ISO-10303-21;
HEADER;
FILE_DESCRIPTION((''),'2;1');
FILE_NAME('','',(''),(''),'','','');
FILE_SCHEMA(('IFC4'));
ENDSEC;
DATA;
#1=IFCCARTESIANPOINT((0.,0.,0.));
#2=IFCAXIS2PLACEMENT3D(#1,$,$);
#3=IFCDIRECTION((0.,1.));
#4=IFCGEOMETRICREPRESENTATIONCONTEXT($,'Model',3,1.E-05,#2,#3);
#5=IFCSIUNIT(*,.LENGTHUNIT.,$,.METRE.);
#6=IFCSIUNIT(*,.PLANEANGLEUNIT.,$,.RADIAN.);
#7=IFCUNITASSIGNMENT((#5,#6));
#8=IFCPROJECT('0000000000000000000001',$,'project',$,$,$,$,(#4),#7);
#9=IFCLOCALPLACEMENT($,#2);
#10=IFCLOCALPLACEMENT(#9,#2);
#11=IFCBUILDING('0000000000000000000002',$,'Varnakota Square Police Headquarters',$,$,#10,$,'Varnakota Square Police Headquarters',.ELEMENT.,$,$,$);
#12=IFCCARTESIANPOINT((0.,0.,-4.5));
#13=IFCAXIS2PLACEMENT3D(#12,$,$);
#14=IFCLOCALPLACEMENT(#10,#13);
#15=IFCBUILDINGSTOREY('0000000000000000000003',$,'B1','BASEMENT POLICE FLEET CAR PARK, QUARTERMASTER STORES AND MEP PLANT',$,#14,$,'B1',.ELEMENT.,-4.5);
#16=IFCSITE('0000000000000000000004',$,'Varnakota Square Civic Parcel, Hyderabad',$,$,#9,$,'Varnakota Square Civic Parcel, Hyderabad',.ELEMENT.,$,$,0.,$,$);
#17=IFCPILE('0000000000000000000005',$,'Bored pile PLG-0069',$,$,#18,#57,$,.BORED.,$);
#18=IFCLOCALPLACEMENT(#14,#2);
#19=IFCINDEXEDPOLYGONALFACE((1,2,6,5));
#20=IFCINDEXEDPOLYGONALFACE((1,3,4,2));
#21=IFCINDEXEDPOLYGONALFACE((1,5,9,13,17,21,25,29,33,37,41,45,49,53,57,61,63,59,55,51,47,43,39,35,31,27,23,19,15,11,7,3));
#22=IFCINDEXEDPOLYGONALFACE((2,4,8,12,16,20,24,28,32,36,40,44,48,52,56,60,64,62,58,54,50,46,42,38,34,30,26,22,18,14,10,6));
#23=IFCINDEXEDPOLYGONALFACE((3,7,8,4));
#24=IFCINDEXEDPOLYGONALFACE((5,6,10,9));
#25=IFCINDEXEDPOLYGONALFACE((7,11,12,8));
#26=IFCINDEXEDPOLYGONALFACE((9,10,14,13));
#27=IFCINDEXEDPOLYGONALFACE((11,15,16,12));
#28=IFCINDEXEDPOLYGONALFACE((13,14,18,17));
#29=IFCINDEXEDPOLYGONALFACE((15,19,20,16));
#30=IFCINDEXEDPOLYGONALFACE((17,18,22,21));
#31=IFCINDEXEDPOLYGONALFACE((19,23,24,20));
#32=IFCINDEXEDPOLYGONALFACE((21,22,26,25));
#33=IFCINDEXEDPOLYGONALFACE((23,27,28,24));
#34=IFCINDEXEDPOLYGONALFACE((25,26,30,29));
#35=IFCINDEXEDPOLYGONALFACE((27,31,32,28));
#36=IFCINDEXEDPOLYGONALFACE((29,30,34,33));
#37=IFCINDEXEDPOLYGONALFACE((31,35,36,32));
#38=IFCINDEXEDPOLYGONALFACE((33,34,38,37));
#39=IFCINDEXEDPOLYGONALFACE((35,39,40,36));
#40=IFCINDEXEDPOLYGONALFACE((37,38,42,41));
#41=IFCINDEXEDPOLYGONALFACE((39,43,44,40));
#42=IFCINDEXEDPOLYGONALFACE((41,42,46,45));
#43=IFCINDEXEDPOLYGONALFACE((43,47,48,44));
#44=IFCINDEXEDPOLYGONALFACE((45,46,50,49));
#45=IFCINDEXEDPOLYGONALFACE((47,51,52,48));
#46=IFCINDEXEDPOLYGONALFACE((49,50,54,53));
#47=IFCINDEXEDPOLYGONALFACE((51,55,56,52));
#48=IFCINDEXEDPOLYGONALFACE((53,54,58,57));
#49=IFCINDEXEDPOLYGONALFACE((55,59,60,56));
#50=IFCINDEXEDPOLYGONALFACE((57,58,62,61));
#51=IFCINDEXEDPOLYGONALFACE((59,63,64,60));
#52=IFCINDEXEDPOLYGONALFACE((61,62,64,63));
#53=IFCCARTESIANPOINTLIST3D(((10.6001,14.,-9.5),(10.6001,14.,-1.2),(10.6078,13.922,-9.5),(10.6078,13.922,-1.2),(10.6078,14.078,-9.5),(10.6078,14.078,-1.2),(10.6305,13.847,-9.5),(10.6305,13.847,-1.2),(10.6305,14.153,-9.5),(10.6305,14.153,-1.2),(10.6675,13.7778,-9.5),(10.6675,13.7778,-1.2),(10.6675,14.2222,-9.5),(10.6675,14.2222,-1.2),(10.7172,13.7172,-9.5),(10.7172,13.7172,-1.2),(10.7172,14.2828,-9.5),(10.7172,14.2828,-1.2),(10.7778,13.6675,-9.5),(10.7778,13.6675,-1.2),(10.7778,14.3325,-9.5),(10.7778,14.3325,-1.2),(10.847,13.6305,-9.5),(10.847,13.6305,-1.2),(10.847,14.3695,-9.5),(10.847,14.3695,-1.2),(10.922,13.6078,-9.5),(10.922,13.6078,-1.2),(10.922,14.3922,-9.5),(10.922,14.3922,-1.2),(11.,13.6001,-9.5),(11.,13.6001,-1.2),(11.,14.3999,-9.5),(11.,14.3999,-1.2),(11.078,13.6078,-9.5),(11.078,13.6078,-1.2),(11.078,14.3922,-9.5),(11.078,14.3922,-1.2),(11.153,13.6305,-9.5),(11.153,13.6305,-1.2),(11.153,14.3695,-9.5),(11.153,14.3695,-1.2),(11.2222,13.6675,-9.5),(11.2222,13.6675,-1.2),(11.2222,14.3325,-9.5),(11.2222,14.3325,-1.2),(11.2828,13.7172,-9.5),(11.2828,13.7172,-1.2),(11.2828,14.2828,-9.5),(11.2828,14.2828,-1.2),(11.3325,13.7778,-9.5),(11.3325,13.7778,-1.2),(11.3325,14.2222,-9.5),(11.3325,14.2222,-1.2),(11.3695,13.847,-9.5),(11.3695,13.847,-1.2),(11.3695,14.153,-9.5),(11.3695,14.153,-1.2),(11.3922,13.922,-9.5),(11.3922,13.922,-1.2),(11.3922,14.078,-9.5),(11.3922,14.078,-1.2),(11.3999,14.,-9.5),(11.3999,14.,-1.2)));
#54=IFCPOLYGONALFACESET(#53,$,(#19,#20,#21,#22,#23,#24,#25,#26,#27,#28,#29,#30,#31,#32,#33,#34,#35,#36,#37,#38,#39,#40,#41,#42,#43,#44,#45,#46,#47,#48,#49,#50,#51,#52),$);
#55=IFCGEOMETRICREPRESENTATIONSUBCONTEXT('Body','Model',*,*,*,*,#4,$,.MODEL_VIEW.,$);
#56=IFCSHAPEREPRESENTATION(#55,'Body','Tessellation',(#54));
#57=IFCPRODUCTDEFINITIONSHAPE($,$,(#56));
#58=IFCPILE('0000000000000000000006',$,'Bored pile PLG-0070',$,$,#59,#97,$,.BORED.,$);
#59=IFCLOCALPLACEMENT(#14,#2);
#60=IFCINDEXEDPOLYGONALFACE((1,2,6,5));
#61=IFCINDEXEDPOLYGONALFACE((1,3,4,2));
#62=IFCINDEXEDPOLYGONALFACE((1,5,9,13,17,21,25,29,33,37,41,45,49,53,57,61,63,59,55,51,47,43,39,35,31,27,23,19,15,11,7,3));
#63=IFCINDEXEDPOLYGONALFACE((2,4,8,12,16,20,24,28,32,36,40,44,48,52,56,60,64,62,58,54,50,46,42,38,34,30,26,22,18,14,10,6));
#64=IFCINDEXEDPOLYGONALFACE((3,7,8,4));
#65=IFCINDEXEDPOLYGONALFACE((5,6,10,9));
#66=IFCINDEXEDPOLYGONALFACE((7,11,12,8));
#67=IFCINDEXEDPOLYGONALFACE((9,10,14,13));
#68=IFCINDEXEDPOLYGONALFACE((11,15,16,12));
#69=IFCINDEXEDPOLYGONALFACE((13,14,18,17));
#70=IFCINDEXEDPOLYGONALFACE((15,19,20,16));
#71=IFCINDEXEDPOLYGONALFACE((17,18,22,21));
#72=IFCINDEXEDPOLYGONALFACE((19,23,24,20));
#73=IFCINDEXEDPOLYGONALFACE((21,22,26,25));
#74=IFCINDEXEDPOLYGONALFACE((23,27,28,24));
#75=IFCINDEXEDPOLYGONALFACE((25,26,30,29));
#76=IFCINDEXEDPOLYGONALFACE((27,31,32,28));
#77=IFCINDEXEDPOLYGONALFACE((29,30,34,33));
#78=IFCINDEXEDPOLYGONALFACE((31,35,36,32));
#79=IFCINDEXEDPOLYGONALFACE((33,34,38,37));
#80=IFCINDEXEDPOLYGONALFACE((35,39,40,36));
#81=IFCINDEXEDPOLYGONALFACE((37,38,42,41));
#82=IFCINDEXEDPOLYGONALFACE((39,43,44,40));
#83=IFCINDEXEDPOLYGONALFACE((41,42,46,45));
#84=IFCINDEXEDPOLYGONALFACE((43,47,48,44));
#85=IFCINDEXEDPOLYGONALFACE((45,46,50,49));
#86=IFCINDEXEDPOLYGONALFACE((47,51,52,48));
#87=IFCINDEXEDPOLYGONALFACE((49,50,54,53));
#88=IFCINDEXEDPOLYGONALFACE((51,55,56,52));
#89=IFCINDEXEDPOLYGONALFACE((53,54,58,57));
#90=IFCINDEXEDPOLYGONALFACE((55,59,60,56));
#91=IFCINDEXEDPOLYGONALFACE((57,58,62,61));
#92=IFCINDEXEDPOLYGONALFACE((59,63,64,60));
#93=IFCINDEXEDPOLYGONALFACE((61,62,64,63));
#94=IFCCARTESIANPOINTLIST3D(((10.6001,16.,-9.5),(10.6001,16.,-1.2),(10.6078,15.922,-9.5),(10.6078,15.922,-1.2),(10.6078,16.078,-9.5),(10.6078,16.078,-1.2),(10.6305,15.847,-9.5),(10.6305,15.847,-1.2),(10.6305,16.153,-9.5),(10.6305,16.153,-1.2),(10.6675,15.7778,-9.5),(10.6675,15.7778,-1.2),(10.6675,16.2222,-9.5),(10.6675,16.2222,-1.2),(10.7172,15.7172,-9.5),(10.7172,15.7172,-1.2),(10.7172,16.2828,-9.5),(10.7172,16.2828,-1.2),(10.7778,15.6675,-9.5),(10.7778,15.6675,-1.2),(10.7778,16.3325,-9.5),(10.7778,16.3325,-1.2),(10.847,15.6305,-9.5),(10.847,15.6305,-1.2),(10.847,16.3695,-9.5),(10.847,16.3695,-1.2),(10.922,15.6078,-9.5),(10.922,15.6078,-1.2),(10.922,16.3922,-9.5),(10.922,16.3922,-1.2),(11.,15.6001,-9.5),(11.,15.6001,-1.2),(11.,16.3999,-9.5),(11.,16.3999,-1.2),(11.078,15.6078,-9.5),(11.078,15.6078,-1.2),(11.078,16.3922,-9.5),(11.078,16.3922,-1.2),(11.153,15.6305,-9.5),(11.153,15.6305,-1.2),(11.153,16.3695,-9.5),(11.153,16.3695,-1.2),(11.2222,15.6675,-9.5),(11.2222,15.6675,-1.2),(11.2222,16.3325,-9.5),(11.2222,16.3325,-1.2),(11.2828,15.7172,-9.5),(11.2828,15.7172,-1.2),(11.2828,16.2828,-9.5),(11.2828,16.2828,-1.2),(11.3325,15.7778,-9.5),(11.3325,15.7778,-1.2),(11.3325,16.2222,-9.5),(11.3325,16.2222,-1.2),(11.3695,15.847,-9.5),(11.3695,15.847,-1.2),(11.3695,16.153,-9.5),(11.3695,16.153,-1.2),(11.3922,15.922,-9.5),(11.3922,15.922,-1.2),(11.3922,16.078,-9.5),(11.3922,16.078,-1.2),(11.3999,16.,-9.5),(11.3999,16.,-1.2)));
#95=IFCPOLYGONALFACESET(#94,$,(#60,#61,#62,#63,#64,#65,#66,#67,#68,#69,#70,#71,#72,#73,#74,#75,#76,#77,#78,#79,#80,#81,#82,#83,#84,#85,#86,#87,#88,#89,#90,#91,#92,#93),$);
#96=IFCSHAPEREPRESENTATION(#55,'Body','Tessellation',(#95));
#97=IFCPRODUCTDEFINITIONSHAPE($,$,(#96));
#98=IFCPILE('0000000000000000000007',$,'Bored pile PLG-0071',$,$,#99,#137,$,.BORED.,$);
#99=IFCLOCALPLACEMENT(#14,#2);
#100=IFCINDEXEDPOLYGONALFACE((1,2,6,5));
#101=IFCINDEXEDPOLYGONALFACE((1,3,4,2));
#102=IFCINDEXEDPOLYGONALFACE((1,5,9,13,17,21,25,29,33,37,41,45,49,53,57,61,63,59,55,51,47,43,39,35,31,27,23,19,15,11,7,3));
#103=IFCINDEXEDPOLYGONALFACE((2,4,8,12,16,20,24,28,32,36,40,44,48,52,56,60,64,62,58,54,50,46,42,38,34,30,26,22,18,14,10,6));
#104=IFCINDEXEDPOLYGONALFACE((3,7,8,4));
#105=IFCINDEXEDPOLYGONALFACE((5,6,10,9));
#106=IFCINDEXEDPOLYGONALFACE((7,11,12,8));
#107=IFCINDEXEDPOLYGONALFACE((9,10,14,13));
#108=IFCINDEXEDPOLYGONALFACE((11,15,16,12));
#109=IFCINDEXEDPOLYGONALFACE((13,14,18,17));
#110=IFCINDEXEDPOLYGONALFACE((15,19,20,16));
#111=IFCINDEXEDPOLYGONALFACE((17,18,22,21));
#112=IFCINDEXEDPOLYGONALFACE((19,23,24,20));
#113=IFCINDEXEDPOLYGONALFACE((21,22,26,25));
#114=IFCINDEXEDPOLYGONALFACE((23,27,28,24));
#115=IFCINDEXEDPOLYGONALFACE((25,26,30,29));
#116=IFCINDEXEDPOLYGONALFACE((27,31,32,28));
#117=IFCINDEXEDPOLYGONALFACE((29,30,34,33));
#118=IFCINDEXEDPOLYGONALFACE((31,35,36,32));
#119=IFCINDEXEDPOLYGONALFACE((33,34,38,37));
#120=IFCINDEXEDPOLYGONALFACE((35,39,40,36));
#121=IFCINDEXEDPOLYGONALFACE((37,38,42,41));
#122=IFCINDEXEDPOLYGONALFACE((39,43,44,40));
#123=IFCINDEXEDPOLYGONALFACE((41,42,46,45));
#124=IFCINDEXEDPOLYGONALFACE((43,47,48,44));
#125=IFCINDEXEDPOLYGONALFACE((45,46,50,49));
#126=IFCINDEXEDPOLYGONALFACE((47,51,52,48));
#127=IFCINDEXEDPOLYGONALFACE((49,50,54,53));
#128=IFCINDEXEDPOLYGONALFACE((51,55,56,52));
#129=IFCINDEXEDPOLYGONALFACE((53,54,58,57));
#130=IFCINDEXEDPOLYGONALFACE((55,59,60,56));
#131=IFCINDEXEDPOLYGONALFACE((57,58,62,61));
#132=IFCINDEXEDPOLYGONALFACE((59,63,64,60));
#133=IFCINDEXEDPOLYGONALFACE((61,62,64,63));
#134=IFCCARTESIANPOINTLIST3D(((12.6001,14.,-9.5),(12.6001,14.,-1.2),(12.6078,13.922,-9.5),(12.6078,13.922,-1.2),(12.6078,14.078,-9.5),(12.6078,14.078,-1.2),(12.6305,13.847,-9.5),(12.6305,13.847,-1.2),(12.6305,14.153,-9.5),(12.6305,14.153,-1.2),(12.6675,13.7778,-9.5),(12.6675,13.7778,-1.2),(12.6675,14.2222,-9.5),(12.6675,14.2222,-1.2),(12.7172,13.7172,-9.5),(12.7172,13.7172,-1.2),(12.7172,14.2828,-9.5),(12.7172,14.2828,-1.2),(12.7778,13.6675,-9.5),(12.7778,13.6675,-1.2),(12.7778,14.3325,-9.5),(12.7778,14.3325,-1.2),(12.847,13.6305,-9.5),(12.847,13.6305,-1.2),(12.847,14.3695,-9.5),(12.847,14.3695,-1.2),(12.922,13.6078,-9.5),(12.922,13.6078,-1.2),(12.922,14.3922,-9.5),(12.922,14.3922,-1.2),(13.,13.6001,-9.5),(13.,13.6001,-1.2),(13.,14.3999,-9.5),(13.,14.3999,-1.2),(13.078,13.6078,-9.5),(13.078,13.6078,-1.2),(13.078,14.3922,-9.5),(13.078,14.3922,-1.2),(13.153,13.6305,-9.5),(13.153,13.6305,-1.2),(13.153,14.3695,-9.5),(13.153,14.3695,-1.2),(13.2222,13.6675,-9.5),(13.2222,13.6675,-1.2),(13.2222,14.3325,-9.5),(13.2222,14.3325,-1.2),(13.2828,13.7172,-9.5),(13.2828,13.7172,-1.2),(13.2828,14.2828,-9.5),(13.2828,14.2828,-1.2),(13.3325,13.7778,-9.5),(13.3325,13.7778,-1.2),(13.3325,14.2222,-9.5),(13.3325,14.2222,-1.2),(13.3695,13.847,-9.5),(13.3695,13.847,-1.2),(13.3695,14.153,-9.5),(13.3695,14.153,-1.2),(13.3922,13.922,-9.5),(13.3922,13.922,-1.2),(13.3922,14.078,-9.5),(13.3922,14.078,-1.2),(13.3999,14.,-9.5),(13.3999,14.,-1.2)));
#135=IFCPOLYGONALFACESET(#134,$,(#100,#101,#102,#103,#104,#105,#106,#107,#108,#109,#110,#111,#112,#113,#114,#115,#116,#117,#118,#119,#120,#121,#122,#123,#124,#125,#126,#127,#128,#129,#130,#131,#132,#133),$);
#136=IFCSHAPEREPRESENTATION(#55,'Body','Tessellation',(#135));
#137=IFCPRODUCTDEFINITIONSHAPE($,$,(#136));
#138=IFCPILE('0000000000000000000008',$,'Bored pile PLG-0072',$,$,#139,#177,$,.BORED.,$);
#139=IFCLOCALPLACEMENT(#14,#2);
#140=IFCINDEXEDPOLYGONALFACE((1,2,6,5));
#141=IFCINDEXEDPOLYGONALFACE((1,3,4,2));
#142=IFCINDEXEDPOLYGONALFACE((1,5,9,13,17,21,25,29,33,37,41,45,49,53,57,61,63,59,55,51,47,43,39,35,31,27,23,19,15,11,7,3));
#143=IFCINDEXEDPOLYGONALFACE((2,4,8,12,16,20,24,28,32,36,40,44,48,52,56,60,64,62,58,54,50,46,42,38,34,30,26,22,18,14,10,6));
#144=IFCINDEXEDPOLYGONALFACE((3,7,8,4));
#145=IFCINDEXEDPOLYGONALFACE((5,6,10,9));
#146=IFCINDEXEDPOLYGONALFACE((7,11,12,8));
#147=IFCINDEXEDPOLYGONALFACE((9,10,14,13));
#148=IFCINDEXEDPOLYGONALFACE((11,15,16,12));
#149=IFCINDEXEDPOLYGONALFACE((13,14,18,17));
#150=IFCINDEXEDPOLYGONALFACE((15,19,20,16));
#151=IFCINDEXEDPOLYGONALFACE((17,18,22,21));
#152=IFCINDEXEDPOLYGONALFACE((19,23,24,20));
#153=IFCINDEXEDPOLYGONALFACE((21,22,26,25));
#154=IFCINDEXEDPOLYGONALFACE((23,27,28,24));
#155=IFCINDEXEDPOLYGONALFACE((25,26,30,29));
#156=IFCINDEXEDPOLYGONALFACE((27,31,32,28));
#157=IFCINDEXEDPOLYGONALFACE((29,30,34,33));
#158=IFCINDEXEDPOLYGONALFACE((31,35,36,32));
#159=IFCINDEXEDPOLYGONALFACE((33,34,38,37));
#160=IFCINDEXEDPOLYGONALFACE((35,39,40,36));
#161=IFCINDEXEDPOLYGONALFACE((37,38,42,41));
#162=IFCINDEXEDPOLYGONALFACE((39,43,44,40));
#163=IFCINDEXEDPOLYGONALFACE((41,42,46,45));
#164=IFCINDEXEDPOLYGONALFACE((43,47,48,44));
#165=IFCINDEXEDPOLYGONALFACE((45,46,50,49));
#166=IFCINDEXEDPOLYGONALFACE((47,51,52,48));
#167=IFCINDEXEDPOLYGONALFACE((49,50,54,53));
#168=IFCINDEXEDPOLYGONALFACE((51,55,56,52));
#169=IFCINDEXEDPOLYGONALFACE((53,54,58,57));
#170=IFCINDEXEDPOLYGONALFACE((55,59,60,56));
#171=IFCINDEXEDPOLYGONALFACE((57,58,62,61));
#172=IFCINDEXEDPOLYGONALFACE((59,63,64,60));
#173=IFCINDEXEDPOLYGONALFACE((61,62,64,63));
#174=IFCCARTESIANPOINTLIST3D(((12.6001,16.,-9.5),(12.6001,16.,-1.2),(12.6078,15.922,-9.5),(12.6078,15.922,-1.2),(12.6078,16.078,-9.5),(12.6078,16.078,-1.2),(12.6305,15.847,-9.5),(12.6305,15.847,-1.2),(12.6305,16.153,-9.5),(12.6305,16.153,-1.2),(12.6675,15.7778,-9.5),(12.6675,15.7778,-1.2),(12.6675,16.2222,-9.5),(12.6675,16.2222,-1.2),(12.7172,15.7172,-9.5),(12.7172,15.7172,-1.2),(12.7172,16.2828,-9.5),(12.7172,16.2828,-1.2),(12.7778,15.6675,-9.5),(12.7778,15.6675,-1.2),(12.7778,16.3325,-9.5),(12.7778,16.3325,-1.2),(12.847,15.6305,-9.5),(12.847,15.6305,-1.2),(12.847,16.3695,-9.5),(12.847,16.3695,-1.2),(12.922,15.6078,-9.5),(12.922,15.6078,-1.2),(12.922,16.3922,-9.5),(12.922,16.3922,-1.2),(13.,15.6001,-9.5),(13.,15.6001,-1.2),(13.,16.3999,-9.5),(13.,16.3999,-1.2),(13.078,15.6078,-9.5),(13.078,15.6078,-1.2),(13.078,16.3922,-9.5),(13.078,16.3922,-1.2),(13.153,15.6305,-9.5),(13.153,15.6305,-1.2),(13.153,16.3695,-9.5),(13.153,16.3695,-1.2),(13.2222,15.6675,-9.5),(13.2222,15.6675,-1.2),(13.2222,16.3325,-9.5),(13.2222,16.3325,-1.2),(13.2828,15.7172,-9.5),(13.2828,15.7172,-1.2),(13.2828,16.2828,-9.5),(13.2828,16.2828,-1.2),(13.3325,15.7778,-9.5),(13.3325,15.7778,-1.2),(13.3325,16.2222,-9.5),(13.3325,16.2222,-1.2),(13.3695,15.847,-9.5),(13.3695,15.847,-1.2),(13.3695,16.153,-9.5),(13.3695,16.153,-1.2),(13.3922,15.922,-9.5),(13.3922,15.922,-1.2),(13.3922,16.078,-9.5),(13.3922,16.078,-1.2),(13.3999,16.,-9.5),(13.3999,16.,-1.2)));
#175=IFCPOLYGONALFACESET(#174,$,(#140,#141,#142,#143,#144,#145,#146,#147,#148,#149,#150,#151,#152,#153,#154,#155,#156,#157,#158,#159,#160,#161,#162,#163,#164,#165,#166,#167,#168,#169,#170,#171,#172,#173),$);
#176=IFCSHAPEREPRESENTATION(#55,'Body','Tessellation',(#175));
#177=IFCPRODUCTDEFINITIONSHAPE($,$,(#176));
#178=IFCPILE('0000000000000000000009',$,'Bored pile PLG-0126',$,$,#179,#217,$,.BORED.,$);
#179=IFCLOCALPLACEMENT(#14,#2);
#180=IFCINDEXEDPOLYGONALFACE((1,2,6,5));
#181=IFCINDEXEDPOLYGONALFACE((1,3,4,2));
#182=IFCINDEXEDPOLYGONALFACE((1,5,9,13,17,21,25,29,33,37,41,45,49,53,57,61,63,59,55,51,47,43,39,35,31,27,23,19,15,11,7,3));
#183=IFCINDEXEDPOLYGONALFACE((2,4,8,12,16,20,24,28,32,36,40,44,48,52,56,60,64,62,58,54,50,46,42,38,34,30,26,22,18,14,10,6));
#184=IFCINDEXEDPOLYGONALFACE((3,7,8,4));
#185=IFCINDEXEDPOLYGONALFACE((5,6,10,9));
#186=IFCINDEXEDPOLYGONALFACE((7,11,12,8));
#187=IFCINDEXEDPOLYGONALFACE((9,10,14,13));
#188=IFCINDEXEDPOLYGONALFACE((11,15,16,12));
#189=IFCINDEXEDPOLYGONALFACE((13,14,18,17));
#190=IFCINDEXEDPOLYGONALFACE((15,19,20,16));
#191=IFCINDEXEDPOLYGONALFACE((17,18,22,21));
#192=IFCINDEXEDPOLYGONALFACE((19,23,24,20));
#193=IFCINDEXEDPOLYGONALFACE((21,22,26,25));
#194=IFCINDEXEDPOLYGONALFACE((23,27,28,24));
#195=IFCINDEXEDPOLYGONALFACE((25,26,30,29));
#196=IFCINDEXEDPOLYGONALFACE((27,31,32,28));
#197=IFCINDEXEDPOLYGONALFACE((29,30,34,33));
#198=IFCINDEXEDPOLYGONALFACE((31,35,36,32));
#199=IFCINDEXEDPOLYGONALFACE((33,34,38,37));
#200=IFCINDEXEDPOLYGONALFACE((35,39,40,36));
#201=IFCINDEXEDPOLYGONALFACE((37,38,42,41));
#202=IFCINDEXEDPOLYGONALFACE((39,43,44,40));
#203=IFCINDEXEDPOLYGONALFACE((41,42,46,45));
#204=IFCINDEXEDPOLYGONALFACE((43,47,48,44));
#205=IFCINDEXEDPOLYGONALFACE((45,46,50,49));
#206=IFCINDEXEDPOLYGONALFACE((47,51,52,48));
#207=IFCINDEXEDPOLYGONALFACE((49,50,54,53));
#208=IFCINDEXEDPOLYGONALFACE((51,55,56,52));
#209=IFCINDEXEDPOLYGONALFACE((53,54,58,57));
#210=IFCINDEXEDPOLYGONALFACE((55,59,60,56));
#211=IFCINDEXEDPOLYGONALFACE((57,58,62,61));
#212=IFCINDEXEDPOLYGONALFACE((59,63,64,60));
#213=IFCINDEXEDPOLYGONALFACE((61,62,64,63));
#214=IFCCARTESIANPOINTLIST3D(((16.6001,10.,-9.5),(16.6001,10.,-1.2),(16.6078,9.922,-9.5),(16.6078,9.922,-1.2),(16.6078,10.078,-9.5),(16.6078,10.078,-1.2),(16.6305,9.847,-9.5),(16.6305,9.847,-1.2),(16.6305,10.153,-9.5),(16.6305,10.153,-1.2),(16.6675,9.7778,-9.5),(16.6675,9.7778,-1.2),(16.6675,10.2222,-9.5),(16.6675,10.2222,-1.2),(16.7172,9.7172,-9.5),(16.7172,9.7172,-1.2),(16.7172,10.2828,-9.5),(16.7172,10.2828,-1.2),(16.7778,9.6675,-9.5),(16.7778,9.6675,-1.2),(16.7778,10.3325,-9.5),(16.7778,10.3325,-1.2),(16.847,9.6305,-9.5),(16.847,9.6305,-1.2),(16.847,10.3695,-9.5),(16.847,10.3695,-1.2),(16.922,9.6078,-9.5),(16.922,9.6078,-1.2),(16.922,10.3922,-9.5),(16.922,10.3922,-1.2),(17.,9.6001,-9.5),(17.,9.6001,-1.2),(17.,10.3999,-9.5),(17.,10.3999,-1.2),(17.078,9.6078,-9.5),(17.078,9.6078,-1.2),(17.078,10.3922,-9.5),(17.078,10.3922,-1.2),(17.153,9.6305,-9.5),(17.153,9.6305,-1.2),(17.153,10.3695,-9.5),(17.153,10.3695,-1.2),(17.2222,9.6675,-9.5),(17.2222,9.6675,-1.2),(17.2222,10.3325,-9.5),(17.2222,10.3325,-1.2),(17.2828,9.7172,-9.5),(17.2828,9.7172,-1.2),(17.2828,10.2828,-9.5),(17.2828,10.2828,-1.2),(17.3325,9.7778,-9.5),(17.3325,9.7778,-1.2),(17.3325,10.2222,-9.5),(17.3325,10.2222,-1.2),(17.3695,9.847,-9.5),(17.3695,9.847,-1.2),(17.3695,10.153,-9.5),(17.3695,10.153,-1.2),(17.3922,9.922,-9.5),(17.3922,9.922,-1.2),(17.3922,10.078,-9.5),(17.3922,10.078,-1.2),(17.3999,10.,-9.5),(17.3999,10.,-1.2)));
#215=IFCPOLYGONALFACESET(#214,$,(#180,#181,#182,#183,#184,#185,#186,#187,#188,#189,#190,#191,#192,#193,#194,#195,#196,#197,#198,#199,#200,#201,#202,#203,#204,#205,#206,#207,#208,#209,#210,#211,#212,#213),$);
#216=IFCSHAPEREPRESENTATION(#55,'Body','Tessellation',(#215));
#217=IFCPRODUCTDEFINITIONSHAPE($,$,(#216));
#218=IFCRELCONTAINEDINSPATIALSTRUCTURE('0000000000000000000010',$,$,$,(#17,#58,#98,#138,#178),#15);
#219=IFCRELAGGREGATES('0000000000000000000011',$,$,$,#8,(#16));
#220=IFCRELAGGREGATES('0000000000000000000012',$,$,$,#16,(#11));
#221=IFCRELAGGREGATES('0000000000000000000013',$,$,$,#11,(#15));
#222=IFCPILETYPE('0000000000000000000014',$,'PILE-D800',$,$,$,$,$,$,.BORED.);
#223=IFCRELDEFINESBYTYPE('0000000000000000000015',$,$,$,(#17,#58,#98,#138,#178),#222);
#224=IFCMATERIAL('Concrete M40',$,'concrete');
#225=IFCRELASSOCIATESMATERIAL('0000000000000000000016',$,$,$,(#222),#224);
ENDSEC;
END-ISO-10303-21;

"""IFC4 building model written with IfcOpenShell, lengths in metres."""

from ifc_helpers import new_model, si_unit, direction, frame, origin, origin_2d, place, context, subcontext, project, spatial, circle, extrude, material, material_profile, profile_set, type_object, element, save


model = new_model("IFC4")

# Units and contexts
model_context = context("Model", 3, precision=1e-05, world=origin(), true_north=direction((0.0, 1.0)))
body_context = subcontext(model_context, "Body", "Model", "MODEL_VIEW")
ifc_project = project(units=[si_unit("LENGTHUNIT", "METRE"), si_unit("PLANEANGLEUNIT", "RADIAN")], contexts=[model_context])

# Site, building, storey
site_placement = place(None, origin())
site = spatial("IfcSite", under=ifc_project, at=site_placement, Name="Varnakota Square Civic Parcel, Hyderabad", LongName="Varnakota Square Civic Parcel, Hyderabad", CompositionType="ELEMENT", RefElevation=0.0)
building_placement = place(site_placement, origin())
building = spatial("IfcBuilding", under=site, at=building_placement, Name="Varnakota Square Police Headquarters", LongName="Varnakota Square Police Headquarters", CompositionType="ELEMENT")
storey_placement = place(building_placement, frame((0.0, 0.0, -4.5)))
storey = spatial("IfcBuildingStorey", under=building, at=storey_placement, Name="B1", Description="BASEMENT POLICE FLEET CAR PARK, QUARTERMASTER STORES AND MEP PLANT", LongName="B1", CompositionType="ELEMENT", Elevation=-4.5)

# Shared definitions
ifc_material_1 = material(Name="Concrete M40", Category="concrete")

# Piles
ifc_material_profile_1 = material_profile(ifc_material_1, circle(Radius=0.3999, at=origin_2d()), Name="BORED PILE 800")
ifc_profile_set_1 = profile_set([ifc_material_profile_1], Name="Concrete M40")
pile_type_1 = type_object("IfcPileType", Name="PILE-D800", PredefinedType="BORED", material=ifc_profile_set_1)
for number, where, z_axis, x_axis, name in (
    (1, (11.0, 14.0, -1.2), (0.0, 0.0, -1.0), (1.0, 0.0, 0.0), "Bored pile PLG-0069"),
    (2, (11.0, 16.0, -1.2), (0.0, 0.0, -1.0), (1.0, 0.0, 0.0), "Bored pile PLG-0070"),
    (3, (13.0, 14.0, -1.2), (0.0, 0.0, -1.0), (1.0, 0.0, 0.0), "Bored pile PLG-0071"),
    (4, (13.0, 16.0, -1.2), (0.0, 0.0, -1.0), (1.0, 0.0, 0.0), "Bored pile PLG-0072"),
    (5, (17.0, 10.0, -1.2), (0.0, 0.0, -1.0), (1.0, 0.0, 0.0), "Bored pile PLG-0126"),
):
    element("IfcPile", number, at=place(storey_placement, frame(where, z_axis=z_axis, x_axis=x_axis)), inside=storey, type_object=pile_type_1, Name=name, PredefinedType="BORED", context=body_context, shape_type="SweptSolid", body=[
        extrude(circle(Radius=0.3999, at=origin_2d()), origin(), (0.0, 0.0, 1.0), 8.3),
    ])

save(model, "model.ifc")
